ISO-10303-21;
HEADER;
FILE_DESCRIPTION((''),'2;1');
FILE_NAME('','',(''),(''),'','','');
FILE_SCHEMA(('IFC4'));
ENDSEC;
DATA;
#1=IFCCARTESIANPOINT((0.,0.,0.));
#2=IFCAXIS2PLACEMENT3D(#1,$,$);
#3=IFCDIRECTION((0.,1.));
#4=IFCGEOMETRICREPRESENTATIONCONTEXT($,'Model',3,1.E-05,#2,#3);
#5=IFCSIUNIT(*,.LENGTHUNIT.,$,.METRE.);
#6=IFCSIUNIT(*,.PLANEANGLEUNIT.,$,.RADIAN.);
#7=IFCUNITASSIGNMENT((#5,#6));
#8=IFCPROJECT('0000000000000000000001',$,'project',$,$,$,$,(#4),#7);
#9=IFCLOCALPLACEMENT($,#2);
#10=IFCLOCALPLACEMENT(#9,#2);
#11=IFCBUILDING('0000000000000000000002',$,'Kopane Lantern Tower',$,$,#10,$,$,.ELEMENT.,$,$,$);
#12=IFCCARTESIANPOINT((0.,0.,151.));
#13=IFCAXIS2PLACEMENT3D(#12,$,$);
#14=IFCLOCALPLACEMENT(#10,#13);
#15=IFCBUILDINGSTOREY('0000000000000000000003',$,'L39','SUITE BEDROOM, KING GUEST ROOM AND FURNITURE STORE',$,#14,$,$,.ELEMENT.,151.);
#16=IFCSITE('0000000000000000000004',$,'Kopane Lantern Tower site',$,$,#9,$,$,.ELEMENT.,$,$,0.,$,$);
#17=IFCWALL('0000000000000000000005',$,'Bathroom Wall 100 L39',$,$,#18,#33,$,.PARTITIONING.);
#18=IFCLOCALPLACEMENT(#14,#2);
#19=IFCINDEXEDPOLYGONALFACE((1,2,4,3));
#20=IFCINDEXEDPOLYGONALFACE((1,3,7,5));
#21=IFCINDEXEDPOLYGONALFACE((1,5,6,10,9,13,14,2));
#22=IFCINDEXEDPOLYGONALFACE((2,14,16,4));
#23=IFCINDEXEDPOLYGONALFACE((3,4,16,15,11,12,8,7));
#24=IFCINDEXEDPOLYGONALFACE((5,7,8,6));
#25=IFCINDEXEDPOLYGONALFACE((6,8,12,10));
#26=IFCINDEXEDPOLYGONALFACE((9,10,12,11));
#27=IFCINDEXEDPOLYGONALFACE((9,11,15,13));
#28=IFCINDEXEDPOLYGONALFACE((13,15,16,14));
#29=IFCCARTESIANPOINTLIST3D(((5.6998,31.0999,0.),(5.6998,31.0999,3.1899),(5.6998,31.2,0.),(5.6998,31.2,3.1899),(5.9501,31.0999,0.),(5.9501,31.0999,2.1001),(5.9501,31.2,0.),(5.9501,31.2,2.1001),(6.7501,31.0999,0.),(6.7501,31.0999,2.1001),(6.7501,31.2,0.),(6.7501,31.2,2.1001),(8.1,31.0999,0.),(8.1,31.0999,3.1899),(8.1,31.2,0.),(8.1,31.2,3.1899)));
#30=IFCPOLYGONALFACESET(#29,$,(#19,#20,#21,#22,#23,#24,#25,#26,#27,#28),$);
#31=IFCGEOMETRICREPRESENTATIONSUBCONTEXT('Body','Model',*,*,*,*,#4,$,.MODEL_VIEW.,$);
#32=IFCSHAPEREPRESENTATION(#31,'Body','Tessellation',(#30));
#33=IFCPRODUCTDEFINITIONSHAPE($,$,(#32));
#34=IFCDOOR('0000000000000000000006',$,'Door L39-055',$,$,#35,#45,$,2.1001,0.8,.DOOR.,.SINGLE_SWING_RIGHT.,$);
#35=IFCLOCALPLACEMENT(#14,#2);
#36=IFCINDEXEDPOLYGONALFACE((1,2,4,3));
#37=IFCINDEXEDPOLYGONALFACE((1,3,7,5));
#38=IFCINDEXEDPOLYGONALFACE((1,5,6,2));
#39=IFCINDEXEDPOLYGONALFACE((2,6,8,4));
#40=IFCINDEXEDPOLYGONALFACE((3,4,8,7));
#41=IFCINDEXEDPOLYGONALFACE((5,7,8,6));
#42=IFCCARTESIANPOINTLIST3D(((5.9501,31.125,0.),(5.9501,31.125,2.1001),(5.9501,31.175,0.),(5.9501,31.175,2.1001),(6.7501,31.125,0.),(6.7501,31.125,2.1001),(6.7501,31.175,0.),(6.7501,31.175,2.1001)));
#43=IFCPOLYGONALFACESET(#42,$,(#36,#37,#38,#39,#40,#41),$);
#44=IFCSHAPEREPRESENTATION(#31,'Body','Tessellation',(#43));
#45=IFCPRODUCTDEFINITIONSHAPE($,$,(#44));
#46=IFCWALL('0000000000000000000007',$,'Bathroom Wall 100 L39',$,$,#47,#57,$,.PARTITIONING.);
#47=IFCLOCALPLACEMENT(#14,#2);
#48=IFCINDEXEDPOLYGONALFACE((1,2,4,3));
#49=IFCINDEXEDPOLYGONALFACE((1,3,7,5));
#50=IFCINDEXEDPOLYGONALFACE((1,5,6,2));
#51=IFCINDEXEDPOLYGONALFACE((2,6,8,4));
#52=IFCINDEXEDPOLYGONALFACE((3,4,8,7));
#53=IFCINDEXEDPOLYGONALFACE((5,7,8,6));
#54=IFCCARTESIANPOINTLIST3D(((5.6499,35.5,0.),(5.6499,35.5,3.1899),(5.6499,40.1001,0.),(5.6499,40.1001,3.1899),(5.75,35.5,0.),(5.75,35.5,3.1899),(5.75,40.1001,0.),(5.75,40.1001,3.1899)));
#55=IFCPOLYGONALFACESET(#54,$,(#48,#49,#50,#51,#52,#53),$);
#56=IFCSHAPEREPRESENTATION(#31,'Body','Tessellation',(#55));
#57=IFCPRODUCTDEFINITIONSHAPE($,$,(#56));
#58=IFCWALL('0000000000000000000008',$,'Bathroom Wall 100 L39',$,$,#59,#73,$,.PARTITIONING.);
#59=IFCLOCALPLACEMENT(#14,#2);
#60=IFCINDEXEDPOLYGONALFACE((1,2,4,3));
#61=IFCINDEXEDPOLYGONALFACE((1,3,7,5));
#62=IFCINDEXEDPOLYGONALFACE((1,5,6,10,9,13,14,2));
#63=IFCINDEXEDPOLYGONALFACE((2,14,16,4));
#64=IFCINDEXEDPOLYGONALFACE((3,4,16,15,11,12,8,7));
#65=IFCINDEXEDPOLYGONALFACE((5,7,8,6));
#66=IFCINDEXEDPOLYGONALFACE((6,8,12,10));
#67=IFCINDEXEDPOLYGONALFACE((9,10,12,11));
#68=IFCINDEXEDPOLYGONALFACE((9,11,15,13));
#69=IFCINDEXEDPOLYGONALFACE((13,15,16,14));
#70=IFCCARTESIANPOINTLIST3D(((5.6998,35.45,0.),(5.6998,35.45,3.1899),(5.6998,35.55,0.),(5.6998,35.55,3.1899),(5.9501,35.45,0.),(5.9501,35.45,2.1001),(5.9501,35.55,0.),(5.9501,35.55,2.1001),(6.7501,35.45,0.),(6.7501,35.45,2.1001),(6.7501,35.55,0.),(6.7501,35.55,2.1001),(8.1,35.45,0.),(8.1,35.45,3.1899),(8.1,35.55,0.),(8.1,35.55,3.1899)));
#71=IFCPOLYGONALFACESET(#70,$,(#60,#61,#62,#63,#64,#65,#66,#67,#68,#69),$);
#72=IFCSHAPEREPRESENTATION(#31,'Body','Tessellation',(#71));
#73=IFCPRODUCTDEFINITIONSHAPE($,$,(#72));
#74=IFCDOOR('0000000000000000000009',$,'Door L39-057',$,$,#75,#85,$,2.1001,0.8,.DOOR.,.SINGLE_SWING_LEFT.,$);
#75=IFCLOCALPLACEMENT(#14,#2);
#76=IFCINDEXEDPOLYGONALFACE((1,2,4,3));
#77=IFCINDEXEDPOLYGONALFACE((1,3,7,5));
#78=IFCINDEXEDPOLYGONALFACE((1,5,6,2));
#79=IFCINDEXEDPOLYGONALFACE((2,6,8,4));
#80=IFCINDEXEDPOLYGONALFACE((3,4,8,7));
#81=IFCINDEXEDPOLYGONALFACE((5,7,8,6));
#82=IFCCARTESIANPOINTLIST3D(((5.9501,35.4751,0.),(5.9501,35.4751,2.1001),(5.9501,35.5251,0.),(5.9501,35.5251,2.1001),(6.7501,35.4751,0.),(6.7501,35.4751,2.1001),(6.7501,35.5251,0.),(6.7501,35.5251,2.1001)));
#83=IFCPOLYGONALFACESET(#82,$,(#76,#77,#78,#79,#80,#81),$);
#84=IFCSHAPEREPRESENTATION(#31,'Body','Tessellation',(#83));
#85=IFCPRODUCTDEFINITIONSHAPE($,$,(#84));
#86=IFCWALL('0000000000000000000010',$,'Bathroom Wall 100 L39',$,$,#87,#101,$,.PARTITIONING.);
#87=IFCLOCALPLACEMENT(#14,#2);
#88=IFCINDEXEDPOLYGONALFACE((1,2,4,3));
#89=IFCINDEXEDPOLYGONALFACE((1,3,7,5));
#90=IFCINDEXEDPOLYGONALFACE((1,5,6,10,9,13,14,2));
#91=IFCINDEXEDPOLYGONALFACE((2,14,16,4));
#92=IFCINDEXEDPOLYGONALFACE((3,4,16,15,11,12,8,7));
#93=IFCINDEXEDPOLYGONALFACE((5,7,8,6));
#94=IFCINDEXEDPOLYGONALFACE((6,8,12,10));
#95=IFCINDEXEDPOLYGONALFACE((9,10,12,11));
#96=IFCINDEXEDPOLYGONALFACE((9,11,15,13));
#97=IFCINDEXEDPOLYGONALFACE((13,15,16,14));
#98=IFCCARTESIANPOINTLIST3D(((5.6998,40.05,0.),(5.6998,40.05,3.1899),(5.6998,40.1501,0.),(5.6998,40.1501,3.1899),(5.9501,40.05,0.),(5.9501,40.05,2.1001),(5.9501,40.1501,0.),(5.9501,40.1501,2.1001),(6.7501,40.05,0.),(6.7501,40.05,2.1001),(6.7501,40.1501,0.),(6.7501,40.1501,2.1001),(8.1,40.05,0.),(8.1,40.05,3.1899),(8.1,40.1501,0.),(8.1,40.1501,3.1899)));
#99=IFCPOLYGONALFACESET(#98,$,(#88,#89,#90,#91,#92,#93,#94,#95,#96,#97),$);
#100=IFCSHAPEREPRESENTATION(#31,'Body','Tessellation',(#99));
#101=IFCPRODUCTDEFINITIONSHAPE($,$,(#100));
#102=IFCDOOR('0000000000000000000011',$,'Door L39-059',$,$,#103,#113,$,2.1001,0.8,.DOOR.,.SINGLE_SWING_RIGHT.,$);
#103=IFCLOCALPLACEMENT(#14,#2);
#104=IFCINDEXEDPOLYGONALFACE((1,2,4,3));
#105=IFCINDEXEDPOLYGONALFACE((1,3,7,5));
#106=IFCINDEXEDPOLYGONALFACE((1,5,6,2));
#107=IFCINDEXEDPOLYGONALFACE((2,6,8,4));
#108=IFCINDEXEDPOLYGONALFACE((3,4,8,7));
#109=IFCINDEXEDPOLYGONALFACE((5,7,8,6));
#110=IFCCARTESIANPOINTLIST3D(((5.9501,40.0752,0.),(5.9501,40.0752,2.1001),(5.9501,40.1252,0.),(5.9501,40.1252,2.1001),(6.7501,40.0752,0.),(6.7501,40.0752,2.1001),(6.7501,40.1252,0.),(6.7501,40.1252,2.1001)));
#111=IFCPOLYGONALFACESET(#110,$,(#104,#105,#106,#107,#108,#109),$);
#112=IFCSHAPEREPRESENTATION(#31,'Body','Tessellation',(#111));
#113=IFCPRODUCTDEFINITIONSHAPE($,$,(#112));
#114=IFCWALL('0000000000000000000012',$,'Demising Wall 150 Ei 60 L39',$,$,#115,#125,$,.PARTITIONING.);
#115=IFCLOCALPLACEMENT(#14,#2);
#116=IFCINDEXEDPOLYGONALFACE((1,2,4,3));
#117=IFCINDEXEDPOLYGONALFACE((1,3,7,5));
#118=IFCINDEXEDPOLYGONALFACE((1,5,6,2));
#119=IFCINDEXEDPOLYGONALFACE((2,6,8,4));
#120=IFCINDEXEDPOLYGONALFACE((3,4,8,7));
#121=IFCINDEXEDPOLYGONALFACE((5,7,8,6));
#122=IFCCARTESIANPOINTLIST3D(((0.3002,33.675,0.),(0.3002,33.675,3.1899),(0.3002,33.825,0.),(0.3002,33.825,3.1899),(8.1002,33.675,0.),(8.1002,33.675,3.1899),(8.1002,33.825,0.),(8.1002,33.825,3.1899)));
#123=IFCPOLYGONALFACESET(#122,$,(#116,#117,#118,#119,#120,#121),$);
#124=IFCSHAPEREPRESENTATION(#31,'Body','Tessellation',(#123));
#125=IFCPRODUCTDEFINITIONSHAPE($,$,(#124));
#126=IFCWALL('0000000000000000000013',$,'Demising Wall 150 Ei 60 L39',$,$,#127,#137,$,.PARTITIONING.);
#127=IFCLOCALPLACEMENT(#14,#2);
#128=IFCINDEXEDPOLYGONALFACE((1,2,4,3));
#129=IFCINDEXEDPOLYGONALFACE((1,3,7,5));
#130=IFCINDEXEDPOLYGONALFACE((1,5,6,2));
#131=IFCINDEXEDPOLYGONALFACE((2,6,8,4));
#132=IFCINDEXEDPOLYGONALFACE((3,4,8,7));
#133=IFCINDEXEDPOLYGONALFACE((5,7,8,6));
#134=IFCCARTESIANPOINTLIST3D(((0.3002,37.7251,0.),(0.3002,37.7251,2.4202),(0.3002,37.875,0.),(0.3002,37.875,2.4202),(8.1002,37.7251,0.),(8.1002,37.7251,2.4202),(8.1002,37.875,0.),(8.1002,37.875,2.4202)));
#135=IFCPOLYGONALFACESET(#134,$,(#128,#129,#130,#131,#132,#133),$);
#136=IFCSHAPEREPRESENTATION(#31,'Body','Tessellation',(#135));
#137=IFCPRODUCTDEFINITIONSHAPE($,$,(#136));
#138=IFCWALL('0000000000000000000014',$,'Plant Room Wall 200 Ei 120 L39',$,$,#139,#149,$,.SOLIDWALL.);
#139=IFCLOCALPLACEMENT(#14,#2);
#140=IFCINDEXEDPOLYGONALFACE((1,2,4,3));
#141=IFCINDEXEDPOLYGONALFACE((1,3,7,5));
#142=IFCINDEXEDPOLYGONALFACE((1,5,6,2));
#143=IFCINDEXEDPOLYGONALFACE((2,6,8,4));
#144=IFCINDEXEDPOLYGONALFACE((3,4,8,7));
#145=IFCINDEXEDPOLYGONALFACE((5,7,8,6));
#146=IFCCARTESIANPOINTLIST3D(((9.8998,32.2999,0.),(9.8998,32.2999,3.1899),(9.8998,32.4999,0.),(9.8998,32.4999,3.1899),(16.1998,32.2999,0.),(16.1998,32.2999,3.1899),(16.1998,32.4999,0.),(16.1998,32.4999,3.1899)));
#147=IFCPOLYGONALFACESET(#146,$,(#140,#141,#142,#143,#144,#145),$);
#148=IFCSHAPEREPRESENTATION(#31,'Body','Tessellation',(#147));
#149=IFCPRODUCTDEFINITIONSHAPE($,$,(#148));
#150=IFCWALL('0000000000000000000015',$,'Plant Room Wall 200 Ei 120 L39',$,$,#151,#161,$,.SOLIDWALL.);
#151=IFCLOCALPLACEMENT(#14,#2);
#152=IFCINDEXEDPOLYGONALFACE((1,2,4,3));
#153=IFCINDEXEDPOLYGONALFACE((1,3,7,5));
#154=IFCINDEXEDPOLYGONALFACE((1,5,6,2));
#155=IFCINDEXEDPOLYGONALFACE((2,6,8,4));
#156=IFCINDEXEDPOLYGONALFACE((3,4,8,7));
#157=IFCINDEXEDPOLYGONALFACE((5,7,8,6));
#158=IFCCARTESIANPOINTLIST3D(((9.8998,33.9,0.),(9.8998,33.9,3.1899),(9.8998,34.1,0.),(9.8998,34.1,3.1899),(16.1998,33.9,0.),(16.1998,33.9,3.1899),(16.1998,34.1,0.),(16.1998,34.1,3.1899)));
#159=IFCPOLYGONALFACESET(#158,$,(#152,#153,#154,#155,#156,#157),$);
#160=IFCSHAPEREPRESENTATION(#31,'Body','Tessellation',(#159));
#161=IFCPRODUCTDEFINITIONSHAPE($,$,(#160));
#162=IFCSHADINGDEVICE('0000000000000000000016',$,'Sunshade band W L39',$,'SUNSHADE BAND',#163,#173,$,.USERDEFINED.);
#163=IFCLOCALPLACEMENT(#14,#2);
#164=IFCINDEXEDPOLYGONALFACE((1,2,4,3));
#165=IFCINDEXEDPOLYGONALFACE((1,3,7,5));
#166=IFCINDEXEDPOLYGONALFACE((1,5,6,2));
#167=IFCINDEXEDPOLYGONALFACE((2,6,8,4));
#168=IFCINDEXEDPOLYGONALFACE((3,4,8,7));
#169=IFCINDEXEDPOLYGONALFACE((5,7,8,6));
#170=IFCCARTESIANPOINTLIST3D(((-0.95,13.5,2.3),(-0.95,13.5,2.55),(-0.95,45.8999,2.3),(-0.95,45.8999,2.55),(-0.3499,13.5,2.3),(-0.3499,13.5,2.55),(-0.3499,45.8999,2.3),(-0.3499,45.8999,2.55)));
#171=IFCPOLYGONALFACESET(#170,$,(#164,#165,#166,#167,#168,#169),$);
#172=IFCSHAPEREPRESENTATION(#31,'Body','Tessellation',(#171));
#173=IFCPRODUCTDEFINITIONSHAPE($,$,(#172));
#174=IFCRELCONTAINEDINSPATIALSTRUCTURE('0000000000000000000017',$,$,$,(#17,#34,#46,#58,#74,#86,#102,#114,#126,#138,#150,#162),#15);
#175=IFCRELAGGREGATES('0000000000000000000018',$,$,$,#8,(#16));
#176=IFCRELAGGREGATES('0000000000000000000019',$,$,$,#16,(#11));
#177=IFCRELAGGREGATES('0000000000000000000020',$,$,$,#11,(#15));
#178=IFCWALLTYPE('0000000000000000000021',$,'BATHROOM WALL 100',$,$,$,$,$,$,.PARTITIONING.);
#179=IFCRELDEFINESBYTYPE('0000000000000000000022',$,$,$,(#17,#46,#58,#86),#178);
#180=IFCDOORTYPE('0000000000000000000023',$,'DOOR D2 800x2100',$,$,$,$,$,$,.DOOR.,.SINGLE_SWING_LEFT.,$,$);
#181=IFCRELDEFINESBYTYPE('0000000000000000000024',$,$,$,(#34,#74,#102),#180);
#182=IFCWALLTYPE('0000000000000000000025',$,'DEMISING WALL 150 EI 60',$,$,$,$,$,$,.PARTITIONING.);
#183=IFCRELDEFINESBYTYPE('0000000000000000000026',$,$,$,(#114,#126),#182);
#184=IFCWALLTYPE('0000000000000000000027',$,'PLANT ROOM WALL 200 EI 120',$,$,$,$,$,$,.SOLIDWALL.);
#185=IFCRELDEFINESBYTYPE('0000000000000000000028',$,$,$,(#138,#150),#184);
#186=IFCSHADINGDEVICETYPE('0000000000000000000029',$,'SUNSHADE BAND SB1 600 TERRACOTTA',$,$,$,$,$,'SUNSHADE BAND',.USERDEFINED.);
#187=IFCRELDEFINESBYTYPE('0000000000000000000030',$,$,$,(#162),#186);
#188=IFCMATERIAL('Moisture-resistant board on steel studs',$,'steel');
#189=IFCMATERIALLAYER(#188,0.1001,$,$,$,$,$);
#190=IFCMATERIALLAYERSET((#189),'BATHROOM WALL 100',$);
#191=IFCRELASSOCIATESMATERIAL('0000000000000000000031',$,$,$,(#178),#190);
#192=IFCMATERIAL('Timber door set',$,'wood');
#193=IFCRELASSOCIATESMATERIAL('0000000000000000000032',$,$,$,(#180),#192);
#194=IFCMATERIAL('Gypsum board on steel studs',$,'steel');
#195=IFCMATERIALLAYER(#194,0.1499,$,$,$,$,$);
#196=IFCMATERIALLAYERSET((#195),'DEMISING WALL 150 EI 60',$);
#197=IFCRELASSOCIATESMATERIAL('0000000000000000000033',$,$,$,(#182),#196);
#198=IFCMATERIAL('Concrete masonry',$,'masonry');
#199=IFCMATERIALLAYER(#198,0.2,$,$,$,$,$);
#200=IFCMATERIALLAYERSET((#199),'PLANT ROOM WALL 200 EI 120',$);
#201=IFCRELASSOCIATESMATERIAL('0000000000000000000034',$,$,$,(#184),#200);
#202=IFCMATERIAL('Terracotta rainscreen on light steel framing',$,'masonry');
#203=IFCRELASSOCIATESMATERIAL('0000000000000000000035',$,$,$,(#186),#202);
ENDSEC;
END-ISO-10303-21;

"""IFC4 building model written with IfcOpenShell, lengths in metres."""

from ifc_helpers import new_model, si_unit, direction, frame, frame_2d, origin, origin_2d, place, context, subcontext, project, spatial, rectangle, extrude, material, layer, layer_set, type_object, element, fill, save


model = new_model("IFC4")

# Units and contexts
model_context = context("Model", 3, precision=1e-05, world=origin(), true_north=direction((0.0, 1.0)))
body_context = subcontext(model_context, "Body", "Model", "MODEL_VIEW")
ifc_project = project(units=[si_unit("LENGTHUNIT", "METRE"), si_unit("PLANEANGLEUNIT", "RADIAN")], contexts=[model_context])

# Site, building, storey
site_placement = place(None, origin())
site = spatial("IfcSite", under=ifc_project, at=site_placement, Name="Kopane Lantern Tower site", CompositionType="ELEMENT", RefElevation=0.0)
building_placement = place(site_placement, origin())
building = spatial("IfcBuilding", under=site, at=building_placement, Name="Kopane Lantern Tower", CompositionType="ELEMENT")
storey_placement = place(building_placement, frame((0.0, 0.0, 151.0)))
storey = spatial("IfcBuildingStorey", under=building, at=storey_placement, Name="L39", Description="SUITE BEDROOM, KING GUEST ROOM AND FURNITURE STORE", CompositionType="ELEMENT", Elevation=151.0)

# Shared definitions
ifc_material_1 = material(Name="Moisture-resistant board on steel studs", Category="steel")
ifc_layer_1 = layer(ifc_material_1, 0.1001)
ifc_layer_set_1 = layer_set([ifc_layer_1], Name="BATHROOM WALL 100")
wall_type_1 = type_object("IfcWallType", Name="BATHROOM WALL 100", PredefinedType="PARTITIONING", material=ifc_layer_set_1)

# Wall, opening, door
wall_1_placement = place(storey_placement, frame((8.1001, 31.1499, 0.0), z_axis=(0.0, 0.0, 1.0), x_axis=(-1.0, 0.0, 0.0)))
wall_1 = element("IfcWall", 1, at=wall_1_placement, inside=storey, type_object=wall_type_1, Name="Bathroom Wall 100 L39", PredefinedType="PARTITIONING", context=body_context, shape_type="SweptSolid", body=[
    extrude(rectangle(XDim=2.4001, YDim=0.1001, at=frame_2d((1.2002, 0.0))), origin(), (0.0, 0.0, 1.0), 3.1899),
])
opening_1_placement = place(wall_1_placement, frame((1.3501, 0.0, 0.0)))
opening_1 = element("IfcOpeningElement", 2, at=opening_1_placement, cuts=wall_1, PredefinedType="OPENING", context=body_context, shape_type="SweptSolid", body=[
    extrude(rectangle(XDim=0.8, YDim=2.1001, at=frame_2d((0.3999, 1.05))), frame((0.0, 0.0601, 0.0), z_axis=(0.0, -1.0, 0.0), x_axis=(1.0, 0.0, 0.0)), (0.0, 0.0, 1.0), 0.1201),
])
ifc_material_2 = material(Name="Timber door set", Category="wood")
door_type_1 = type_object("IfcDoorType", Name="DOOR D2 800x2100", OperationType="SINGLE_SWING_LEFT", PredefinedType="DOOR", material=ifc_material_2)
door_1_placement = place(opening_1_placement, origin())
door_1 = element("IfcDoor", 3, at=door_1_placement, inside=storey, type_object=door_type_1, Name="Door L39-055", OperationType="SINGLE_SWING_RIGHT", OverallHeight=2.1001, OverallWidth=0.8, PredefinedType="DOOR", context=body_context, shape_type="SweptSolid", body=[
    extrude(rectangle(XDim=0.8, YDim=2.1001, at=frame_2d((0.3999, 1.05))), frame((0.0, 0.0249, 0.0), z_axis=(0.0, -1.0, 0.0), x_axis=(1.0, 0.0, 0.0)), (0.0, 0.0, 1.0), 0.05),
])
fill(opening_1, door_1)

# Wall
wall_2_placement = place(storey_placement, frame((5.7, 35.5, 0.0), z_axis=(0.0, 0.0, 1.0), x_axis=(0.0, 1.0, 0.0)))
element("IfcWall", 4, at=wall_2_placement, inside=storey, type_object=wall_type_1, Name="Bathroom Wall 100 L39", PredefinedType="PARTITIONING", context=body_context, shape_type="SweptSolid", body=[
    extrude(rectangle(XDim=4.6001, YDim=0.1001, at=frame_2d((2.3, 0.0))), origin(), (0.0, 0.0, 1.0), 3.1899),
])

# Walls, openings, doors
wall_3_placement = place(storey_placement, frame((8.1001, 35.5, 0.0), z_axis=(0.0, 0.0, 1.0), x_axis=(-1.0, 0.0, 0.0)))
wall_3 = element("IfcWall", 5, at=wall_3_placement, inside=storey, type_object=wall_type_1, Name="Bathroom Wall 100 L39", PredefinedType="PARTITIONING", context=body_context, shape_type="SweptSolid", body=[
    extrude(rectangle(XDim=2.4001, YDim=0.1001, at=frame_2d((1.2002, 0.0))), origin(), (0.0, 0.0, 1.0), 3.1899),
])
opening_2_placement = place(wall_3_placement, frame((1.3501, 0.0, 0.0)))
opening_2 = element("IfcOpeningElement", 6, at=opening_2_placement, cuts=wall_3, PredefinedType="OPENING", context=body_context, shape_type="SweptSolid", body=[
    extrude(rectangle(XDim=0.8, YDim=2.1001, at=frame_2d((0.3999, 1.05))), frame((0.0, 0.0601, 0.0), z_axis=(0.0, -1.0, 0.0), x_axis=(1.0, 0.0, 0.0)), (0.0, 0.0, 1.0), 0.1201),
])
door_2_placement = place(opening_2_placement, origin())
door_2 = element("IfcDoor", 7, at=door_2_placement, inside=storey, type_object=door_type_1, Name="Door L39-057", OperationType="SINGLE_SWING_LEFT", OverallHeight=2.1001, OverallWidth=0.8, PredefinedType="DOOR", context=body_context, shape_type="SweptSolid", body=[
    extrude(rectangle(XDim=0.8, YDim=2.1001, at=frame_2d((0.3999, 1.05))), frame((0.0, 0.0249, 0.0), z_axis=(0.0, -1.0, 0.0), x_axis=(1.0, 0.0, 0.0)), (0.0, 0.0, 1.0), 0.05),
])
fill(opening_2, door_2)
wall_4_placement = place(storey_placement, frame((8.1001, 40.1001, 0.0), z_axis=(0.0, 0.0, 1.0), x_axis=(-1.0, 0.0, 0.0)))
wall_4 = element("IfcWall", 8, at=wall_4_placement, inside=storey, type_object=wall_type_1, Name="Bathroom Wall 100 L39", PredefinedType="PARTITIONING", context=body_context, shape_type="SweptSolid", body=[
    extrude(rectangle(XDim=2.4001, YDim=0.1001, at=frame_2d((1.2002, 0.0))), origin(), (0.0, 0.0, 1.0), 3.1899),
])
opening_3_placement = place(wall_4_placement, frame((1.3501, 0.0, 0.0)))
opening_3 = element("IfcOpeningElement", 9, at=opening_3_placement, cuts=wall_4, PredefinedType="OPENING", context=body_context, shape_type="SweptSolid", body=[
    extrude(rectangle(XDim=0.8, YDim=2.1001, at=frame_2d((0.3999, 1.05))), frame((0.0, 0.0601, 0.0), z_axis=(0.0, -1.0, 0.0), x_axis=(1.0, 0.0, 0.0)), (0.0, 0.0, 1.0), 0.1201),
])
door_3_placement = place(opening_3_placement, origin())
door_3 = element("IfcDoor", 10, at=door_3_placement, inside=storey, type_object=door_type_1, Name="Door L39-059", OperationType="SINGLE_SWING_RIGHT", OverallHeight=2.1001, OverallWidth=0.8, PredefinedType="DOOR", context=body_context, shape_type="SweptSolid", body=[
    extrude(rectangle(XDim=0.8, YDim=2.1001, at=frame_2d((0.3999, 1.05))), frame((0.0, 0.0249, 0.0), z_axis=(0.0, -1.0, 0.0), x_axis=(1.0, 0.0, 0.0)), (0.0, 0.0, 1.0), 0.05),
])
fill(opening_3, door_3)

# Walls
ifc_material_3 = material(Name="Gypsum board on steel studs", Category="steel")
ifc_layer_2 = layer(ifc_material_3, 0.1499)
ifc_layer_set_2 = layer_set([ifc_layer_2], Name="DEMISING WALL 150 EI 60")
wall_type_2 = type_object("IfcWallType", Name="DEMISING WALL 150 EI 60", PredefinedType="PARTITIONING", material=ifc_layer_set_2)
wall_5_placement = place(storey_placement, frame((8.1001, 33.75, 0.0), z_axis=(0.0, 0.0, 1.0), x_axis=(-1.0, 0.0, 0.0)))
element("IfcWall", 11, at=wall_5_placement, inside=storey, type_object=wall_type_2, Name="Demising Wall 150 Ei 60 L39", PredefinedType="PARTITIONING", context=body_context, shape_type="SweptSolid", body=[
    extrude(rectangle(XDim=7.8, YDim=0.1499, at=frame_2d((3.8999, 0.0))), origin(), (0.0, 0.0, 1.0), 3.1899),
])
wall_6_placement = place(storey_placement, frame((8.1001, 37.8, 0.0), z_axis=(0.0, 0.0, 1.0), x_axis=(-1.0, 0.0, 0.0)))
element("IfcWall", 12, at=wall_6_placement, inside=storey, type_object=wall_type_2, Name="Demising Wall 150 Ei 60 L39", PredefinedType="PARTITIONING", context=body_context, shape_type="SweptSolid", body=[
    extrude(rectangle(XDim=7.8, YDim=0.1499, at=frame_2d((3.8999, 0.0))), origin(), (0.0, 0.0, 1.0), 2.4202),
])
ifc_material_4 = material(Name="Concrete masonry", Category="masonry")
ifc_layer_3 = layer(ifc_material_4, 0.2)
ifc_layer_set_3 = layer_set([ifc_layer_3], Name="PLANT ROOM WALL 200 EI 120")
wall_type_3 = type_object("IfcWallType", Name="PLANT ROOM WALL 200 EI 120", PredefinedType="SOLIDWALL", material=ifc_layer_set_3)
for number, where, z_axis, x_axis, name in (
    (13, (9.8999, 32.3999, 0.0), (0.0, 0.0, 1.0), (1.0, 0.0, 0.0), "Plant Room Wall 200 Ei 120 L39"),
    (14, (9.8999, 34.0, 0.0), (0.0, 0.0, 1.0), (1.0, 0.0, 0.0), "Plant Room Wall 200 Ei 120 L39"),
):
    element("IfcWall", number, at=place(storey_placement, frame(where, z_axis=z_axis, x_axis=x_axis)), inside=storey, type_object=wall_type_3, Name=name, PredefinedType="SOLIDWALL", context=body_context, shape_type="SweptSolid", body=[
        extrude(rectangle(XDim=6.3, YDim=0.2, at=frame_2d((3.1499, 0.0))), origin(), (0.0, 0.0, 1.0), 3.1899),
    ])

# Shading device
ifc_material_5 = material(Name="Terracotta rainscreen on light steel framing", Category="masonry")
shading_device_type = type_object("IfcShadingDeviceType", Name="SUNSHADE BAND SB1 600 TERRACOTTA", ElementType="SUNSHADE BAND", PredefinedType="USERDEFINED", material=ifc_material_5)
shading_device_placement = place(storey_placement, frame((-0.6499, 29.7, 2.3), z_axis=(0.0, 0.0, 1.0), x_axis=(0.0, -1.0, 0.0)))
element("IfcShadingDevice", 15, at=shading_device_placement, inside=storey, type_object=shading_device_type, Name="Sunshade band W L39", ObjectType="SUNSHADE BAND", PredefinedType="USERDEFINED", context=body_context, shape_type="SweptSolid", body=[
    extrude(rectangle(XDim=32.3999, YDim=0.6001, at=origin_2d()), origin(), (0.0, 0.0, 1.0), 0.25),
])

save(model, "model.ifc")
